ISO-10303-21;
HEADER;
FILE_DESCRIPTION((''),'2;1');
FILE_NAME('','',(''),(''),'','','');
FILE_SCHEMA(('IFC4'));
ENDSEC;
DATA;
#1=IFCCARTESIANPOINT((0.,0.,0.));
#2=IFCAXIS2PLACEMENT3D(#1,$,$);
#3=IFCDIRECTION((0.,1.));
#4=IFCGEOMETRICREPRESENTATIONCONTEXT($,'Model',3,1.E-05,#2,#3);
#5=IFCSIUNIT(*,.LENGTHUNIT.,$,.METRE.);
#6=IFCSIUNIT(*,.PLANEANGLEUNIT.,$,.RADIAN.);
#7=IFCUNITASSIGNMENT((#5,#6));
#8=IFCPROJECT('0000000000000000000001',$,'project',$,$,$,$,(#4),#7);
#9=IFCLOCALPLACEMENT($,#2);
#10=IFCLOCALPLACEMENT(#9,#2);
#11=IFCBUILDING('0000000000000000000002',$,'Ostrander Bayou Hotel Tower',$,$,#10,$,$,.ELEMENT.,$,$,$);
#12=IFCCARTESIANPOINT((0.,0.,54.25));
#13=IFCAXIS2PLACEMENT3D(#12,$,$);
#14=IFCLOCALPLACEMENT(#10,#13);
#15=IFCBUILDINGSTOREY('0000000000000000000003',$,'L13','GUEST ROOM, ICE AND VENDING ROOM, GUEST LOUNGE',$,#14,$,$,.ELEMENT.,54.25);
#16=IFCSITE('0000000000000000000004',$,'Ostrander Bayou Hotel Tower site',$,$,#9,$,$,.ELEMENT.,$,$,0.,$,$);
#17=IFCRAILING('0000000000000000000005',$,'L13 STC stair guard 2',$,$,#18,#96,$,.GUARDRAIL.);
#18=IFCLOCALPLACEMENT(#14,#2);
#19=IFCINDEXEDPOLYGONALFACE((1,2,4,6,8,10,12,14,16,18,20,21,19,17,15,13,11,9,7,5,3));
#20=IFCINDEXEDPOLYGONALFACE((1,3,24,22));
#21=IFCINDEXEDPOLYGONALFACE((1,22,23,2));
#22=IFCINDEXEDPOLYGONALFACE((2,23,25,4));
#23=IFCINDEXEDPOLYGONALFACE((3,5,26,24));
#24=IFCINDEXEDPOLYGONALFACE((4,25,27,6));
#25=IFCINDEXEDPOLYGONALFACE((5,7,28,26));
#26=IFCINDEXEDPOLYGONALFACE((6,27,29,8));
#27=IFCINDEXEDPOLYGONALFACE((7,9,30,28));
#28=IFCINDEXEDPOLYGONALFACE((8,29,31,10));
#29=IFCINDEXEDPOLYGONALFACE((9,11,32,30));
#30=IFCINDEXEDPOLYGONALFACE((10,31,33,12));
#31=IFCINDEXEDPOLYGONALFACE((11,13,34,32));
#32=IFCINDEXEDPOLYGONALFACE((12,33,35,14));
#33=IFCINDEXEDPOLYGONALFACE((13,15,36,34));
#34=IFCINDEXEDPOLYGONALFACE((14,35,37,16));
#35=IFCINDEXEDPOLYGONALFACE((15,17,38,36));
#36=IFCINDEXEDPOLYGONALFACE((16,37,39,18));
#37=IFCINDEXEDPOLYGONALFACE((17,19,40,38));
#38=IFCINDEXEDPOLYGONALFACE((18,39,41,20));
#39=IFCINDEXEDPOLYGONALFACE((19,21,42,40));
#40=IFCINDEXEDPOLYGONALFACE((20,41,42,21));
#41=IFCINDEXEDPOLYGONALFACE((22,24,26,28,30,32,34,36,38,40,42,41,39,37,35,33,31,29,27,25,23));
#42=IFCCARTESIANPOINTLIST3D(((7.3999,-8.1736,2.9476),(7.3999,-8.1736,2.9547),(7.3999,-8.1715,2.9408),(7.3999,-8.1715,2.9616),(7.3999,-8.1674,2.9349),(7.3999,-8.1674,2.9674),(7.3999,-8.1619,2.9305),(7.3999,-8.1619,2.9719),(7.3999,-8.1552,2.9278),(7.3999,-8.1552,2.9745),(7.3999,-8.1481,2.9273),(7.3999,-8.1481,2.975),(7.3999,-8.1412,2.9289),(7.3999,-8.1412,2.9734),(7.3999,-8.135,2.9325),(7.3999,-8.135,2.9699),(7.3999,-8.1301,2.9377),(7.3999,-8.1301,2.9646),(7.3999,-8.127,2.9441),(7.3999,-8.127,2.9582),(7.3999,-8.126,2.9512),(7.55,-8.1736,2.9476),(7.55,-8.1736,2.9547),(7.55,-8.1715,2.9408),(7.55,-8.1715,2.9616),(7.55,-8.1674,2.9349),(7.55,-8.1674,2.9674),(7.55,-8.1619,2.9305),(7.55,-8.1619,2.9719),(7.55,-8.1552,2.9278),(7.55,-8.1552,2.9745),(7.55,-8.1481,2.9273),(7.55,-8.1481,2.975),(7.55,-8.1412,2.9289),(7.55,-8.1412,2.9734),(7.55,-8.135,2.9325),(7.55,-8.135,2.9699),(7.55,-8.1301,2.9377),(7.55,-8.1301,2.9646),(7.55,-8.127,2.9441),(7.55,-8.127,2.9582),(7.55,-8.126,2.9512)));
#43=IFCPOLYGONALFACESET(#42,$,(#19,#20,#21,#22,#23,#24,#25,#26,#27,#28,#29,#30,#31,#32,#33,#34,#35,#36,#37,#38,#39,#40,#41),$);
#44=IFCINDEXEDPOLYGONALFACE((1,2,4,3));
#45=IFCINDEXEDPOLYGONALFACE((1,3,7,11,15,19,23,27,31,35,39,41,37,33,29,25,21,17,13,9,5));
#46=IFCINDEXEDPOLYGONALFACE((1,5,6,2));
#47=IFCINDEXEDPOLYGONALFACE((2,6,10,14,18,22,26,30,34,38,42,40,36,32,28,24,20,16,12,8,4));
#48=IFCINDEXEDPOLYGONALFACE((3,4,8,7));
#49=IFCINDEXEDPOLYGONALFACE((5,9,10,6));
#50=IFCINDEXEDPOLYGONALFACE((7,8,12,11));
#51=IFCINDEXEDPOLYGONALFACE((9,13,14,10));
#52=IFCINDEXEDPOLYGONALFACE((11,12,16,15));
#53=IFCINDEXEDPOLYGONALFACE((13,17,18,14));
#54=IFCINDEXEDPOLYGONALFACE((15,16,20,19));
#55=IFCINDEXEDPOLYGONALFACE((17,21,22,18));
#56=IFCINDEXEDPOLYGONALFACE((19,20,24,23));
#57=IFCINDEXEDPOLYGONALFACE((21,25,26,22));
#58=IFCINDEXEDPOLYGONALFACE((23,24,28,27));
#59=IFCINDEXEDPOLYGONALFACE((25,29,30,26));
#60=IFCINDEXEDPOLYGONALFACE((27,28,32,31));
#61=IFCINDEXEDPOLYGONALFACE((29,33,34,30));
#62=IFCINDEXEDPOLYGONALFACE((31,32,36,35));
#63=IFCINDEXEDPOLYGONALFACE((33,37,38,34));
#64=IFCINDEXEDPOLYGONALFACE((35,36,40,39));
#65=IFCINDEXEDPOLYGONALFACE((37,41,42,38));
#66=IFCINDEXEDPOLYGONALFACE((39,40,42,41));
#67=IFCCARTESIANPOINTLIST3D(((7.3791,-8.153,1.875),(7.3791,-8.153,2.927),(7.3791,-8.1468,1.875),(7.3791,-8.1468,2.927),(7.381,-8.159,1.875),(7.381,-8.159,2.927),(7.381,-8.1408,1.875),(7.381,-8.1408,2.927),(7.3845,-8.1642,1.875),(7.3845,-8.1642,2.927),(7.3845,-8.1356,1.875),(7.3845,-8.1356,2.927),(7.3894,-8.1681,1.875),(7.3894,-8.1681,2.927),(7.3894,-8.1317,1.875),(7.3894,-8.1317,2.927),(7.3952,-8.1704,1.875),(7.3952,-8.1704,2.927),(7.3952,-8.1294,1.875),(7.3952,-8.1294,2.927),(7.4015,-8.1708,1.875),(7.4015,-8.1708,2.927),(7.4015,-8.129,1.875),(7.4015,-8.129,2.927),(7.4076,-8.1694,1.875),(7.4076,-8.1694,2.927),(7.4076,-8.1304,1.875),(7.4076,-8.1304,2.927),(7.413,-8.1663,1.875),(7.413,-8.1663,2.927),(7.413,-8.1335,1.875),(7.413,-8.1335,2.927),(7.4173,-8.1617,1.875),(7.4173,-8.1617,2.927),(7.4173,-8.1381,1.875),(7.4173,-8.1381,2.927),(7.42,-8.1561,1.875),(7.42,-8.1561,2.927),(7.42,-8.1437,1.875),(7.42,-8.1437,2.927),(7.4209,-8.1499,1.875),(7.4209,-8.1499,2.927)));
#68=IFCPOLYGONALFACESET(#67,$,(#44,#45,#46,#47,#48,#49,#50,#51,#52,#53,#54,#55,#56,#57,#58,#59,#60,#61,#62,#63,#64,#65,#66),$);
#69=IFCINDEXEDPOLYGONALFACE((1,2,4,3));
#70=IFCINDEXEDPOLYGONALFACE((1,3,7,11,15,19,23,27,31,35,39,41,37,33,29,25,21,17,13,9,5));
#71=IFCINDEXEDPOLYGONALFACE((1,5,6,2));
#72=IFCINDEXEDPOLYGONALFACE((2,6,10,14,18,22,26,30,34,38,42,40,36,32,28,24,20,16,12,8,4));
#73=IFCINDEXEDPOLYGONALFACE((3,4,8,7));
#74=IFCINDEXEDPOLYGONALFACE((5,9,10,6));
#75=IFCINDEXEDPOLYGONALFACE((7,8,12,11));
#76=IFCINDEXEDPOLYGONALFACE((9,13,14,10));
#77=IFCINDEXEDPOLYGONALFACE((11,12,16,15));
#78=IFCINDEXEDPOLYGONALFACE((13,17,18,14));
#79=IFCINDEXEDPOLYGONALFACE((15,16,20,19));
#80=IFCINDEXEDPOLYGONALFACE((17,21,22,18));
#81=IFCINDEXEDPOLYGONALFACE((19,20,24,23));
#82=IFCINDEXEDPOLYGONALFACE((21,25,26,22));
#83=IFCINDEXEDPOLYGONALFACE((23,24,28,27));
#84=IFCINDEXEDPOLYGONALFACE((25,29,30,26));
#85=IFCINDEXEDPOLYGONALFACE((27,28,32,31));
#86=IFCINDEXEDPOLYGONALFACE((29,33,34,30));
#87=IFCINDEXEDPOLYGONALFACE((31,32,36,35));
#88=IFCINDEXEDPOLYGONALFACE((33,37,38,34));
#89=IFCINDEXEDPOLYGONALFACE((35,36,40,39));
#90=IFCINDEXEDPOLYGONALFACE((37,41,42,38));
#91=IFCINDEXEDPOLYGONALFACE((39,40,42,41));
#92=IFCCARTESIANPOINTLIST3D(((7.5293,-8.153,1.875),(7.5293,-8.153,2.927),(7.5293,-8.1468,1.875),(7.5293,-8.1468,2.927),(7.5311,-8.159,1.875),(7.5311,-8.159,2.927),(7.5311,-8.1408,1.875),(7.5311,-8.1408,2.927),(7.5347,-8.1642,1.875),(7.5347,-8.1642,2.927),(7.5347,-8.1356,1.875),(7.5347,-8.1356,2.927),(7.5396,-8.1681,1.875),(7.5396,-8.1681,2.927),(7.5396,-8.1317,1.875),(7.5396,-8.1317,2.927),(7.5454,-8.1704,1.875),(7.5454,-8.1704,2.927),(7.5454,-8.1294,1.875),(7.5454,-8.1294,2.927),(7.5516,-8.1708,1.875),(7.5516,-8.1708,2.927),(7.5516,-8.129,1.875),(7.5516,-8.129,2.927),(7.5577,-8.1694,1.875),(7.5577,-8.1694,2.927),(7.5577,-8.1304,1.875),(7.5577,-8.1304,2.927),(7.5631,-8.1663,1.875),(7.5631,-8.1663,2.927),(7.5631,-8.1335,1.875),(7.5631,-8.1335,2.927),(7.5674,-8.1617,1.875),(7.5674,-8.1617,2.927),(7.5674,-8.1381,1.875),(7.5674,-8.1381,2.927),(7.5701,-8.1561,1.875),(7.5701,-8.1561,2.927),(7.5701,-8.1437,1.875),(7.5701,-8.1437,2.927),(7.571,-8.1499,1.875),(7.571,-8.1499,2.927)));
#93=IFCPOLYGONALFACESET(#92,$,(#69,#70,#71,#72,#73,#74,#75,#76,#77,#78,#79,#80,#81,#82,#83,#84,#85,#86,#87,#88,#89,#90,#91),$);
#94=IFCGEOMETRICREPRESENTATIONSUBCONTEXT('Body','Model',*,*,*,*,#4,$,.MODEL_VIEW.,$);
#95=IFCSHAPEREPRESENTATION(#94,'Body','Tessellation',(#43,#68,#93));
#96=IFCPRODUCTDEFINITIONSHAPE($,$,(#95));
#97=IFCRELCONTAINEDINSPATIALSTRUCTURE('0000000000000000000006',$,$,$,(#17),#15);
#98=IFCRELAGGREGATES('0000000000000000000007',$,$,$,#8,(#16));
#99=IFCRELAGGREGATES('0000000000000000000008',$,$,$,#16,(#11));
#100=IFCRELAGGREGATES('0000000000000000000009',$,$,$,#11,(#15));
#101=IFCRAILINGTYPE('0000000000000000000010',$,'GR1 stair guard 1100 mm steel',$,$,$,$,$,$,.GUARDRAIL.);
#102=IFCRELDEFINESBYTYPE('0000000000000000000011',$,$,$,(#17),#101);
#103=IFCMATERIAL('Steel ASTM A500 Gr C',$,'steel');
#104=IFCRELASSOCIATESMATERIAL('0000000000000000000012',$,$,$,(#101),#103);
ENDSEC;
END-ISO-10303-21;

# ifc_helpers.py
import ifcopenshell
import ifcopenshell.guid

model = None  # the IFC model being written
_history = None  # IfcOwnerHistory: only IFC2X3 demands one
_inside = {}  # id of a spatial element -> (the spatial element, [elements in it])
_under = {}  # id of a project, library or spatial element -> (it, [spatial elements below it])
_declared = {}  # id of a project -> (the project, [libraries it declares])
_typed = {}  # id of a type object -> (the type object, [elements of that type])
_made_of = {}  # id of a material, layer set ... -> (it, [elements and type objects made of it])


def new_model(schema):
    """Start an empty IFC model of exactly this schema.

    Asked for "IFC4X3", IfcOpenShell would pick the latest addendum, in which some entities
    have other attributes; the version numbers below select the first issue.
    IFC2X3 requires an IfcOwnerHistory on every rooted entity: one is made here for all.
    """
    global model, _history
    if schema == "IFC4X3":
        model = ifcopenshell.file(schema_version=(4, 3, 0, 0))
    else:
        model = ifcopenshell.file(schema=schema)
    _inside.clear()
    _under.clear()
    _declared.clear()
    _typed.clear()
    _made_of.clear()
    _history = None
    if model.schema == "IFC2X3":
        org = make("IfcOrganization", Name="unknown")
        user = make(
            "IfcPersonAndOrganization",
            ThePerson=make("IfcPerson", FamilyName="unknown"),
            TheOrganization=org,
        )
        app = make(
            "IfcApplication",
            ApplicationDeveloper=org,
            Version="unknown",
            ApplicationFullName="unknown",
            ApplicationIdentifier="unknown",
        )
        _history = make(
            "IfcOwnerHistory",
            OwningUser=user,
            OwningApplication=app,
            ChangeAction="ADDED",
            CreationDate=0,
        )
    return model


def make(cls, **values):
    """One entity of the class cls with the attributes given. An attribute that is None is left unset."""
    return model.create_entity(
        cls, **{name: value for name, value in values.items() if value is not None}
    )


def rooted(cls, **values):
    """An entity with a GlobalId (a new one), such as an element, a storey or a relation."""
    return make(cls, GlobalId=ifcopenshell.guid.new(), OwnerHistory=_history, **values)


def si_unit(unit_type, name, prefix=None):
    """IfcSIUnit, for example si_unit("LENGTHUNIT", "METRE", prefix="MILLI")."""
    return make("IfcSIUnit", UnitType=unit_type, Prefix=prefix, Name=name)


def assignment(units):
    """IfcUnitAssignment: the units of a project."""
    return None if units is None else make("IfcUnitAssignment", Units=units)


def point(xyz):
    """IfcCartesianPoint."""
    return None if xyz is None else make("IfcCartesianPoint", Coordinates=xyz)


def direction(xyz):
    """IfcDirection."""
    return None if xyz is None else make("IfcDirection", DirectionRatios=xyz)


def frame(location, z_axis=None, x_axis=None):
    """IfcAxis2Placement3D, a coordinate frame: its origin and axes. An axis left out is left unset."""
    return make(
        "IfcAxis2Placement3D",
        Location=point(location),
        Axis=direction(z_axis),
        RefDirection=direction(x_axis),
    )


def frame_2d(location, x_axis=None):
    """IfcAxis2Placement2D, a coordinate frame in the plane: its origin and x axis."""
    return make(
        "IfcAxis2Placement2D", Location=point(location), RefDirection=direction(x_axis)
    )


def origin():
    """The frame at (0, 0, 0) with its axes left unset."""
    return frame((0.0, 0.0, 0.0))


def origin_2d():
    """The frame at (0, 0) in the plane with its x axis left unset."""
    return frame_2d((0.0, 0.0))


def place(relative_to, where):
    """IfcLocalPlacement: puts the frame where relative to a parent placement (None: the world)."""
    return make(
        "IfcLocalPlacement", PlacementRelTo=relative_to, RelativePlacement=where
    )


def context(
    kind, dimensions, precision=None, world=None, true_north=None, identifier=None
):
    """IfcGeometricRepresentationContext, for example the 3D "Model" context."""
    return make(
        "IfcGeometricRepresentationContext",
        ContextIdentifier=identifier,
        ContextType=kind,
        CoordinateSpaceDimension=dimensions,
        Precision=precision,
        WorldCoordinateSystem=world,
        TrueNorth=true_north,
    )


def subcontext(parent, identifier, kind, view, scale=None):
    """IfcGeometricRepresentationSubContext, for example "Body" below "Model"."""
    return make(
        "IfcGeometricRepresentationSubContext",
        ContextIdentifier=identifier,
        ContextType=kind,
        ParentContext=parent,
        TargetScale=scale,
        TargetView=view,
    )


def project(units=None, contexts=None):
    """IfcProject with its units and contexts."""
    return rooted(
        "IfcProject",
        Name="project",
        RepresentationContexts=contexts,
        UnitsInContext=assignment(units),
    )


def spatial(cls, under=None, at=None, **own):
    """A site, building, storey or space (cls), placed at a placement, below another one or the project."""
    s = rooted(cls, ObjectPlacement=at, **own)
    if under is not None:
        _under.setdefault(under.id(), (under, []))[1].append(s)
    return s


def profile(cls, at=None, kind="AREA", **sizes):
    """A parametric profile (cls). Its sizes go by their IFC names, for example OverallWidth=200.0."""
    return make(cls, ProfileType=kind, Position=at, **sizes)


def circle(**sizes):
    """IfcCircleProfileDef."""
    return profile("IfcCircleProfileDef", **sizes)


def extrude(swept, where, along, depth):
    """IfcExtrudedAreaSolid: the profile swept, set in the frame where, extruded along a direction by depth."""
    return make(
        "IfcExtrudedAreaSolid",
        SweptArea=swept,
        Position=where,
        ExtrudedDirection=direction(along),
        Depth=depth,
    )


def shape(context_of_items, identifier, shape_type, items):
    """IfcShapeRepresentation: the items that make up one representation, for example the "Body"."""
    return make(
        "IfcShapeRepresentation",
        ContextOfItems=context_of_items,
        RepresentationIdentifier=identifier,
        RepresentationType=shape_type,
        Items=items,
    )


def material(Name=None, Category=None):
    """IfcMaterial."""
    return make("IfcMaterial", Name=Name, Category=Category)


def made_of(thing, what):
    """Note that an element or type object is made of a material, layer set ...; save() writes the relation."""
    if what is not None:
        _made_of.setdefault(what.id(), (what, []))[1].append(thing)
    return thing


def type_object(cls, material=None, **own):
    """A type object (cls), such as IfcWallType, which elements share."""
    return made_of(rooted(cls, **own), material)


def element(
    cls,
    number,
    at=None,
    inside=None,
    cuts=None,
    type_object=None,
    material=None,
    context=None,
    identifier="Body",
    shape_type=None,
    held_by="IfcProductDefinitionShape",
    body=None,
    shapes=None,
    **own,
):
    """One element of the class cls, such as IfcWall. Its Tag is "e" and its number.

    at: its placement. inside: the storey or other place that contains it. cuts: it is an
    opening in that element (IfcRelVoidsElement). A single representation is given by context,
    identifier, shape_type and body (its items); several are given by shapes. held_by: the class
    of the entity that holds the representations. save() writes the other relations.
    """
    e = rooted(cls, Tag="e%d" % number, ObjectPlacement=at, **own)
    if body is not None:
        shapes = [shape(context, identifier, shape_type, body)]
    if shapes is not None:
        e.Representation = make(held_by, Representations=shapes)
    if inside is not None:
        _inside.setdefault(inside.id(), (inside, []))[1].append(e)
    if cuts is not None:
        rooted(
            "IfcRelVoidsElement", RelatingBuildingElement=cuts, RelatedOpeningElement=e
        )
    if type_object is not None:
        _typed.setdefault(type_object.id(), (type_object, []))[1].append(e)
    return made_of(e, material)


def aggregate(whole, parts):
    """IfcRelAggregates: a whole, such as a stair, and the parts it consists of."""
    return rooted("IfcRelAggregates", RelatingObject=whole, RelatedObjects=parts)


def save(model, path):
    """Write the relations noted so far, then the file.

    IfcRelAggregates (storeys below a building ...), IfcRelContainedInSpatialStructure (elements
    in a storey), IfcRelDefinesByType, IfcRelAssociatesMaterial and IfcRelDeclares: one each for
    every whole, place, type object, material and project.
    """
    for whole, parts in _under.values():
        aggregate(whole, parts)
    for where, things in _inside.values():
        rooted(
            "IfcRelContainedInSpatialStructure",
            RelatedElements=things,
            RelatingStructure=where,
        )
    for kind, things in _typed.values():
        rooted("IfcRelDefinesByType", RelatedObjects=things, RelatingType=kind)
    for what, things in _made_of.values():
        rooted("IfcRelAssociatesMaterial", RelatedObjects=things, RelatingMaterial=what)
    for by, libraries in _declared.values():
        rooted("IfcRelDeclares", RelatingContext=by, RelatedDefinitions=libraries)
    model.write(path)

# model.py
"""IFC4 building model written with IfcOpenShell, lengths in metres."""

from ifc_helpers import new_model, si_unit, direction, frame, origin, origin_2d, place, context, subcontext, project, spatial, circle, extrude, material, type_object, element, save


model = new_model("IFC4")

# Units and contexts
model_context = context("Model", 3, precision=1e-05, world=origin(), true_north=direction((0.0, 1.0)))
body_context = subcontext(model_context, "Body", "Model", "MODEL_VIEW")
ifc_project = project(units=[si_unit("LENGTHUNIT", "METRE"), si_unit("PLANEANGLEUNIT", "RADIAN")], contexts=[model_context])

# Site, building, storey
site_placement = place(None, origin())
site = spatial("IfcSite", under=ifc_project, at=site_placement, Name="Ostrander Bayou Hotel Tower site", CompositionType="ELEMENT", RefElevation=0.0)
building_placement = place(site_placement, origin())
building = spatial("IfcBuilding", under=site, at=building_placement, Name="Ostrander Bayou Hotel Tower", CompositionType="ELEMENT")
storey_placement = place(building_placement, frame((0.0, 0.0, 54.25)))
storey = spatial("IfcBuildingStorey", under=building, at=storey_placement, Name="L13", Description="GUEST ROOM, ICE AND VENDING ROOM, GUEST LOUNGE", CompositionType="ELEMENT", Elevation=54.25)

# Railing
ifc_material_1 = material(Name="Steel ASTM A500 Gr C", Category="steel")
railing_type_1 = type_object("IfcRailingType", Name="GR1 stair guard 1100 mm steel", PredefinedType="GUARDRAIL", material=ifc_material_1)
railing_1_placement = place(storey_placement, frame((7.3999, -8.1499, 1.875)))
element("IfcRailing", 1, at=railing_1_placement, inside=storey, type_object=railing_type_1, Name="L13 STC stair guard 2", PredefinedType="GUARDRAIL", context=body_context, shape_type="SweptSolid", body=[
    extrude(circle(Radius=0.0239, at=origin_2d()), frame((0.0, 0.0, 1.0762), z_axis=(1.0, 0.0, 0.0), x_axis=(0.0, 1.0, 0.0)), (0.0, 0.0, 1.0), 0.1501),
    extrude(circle(Radius=0.021, at=origin_2d()), origin(), (0.0, 0.0, 1.0), 1.052),
    extrude(circle(Radius=0.021, at=origin_2d()), frame((0.1501, 0.0, 0.0)), (0.0, 0.0, 1.0), 1.052),
])

save(model, "model.ifc")
